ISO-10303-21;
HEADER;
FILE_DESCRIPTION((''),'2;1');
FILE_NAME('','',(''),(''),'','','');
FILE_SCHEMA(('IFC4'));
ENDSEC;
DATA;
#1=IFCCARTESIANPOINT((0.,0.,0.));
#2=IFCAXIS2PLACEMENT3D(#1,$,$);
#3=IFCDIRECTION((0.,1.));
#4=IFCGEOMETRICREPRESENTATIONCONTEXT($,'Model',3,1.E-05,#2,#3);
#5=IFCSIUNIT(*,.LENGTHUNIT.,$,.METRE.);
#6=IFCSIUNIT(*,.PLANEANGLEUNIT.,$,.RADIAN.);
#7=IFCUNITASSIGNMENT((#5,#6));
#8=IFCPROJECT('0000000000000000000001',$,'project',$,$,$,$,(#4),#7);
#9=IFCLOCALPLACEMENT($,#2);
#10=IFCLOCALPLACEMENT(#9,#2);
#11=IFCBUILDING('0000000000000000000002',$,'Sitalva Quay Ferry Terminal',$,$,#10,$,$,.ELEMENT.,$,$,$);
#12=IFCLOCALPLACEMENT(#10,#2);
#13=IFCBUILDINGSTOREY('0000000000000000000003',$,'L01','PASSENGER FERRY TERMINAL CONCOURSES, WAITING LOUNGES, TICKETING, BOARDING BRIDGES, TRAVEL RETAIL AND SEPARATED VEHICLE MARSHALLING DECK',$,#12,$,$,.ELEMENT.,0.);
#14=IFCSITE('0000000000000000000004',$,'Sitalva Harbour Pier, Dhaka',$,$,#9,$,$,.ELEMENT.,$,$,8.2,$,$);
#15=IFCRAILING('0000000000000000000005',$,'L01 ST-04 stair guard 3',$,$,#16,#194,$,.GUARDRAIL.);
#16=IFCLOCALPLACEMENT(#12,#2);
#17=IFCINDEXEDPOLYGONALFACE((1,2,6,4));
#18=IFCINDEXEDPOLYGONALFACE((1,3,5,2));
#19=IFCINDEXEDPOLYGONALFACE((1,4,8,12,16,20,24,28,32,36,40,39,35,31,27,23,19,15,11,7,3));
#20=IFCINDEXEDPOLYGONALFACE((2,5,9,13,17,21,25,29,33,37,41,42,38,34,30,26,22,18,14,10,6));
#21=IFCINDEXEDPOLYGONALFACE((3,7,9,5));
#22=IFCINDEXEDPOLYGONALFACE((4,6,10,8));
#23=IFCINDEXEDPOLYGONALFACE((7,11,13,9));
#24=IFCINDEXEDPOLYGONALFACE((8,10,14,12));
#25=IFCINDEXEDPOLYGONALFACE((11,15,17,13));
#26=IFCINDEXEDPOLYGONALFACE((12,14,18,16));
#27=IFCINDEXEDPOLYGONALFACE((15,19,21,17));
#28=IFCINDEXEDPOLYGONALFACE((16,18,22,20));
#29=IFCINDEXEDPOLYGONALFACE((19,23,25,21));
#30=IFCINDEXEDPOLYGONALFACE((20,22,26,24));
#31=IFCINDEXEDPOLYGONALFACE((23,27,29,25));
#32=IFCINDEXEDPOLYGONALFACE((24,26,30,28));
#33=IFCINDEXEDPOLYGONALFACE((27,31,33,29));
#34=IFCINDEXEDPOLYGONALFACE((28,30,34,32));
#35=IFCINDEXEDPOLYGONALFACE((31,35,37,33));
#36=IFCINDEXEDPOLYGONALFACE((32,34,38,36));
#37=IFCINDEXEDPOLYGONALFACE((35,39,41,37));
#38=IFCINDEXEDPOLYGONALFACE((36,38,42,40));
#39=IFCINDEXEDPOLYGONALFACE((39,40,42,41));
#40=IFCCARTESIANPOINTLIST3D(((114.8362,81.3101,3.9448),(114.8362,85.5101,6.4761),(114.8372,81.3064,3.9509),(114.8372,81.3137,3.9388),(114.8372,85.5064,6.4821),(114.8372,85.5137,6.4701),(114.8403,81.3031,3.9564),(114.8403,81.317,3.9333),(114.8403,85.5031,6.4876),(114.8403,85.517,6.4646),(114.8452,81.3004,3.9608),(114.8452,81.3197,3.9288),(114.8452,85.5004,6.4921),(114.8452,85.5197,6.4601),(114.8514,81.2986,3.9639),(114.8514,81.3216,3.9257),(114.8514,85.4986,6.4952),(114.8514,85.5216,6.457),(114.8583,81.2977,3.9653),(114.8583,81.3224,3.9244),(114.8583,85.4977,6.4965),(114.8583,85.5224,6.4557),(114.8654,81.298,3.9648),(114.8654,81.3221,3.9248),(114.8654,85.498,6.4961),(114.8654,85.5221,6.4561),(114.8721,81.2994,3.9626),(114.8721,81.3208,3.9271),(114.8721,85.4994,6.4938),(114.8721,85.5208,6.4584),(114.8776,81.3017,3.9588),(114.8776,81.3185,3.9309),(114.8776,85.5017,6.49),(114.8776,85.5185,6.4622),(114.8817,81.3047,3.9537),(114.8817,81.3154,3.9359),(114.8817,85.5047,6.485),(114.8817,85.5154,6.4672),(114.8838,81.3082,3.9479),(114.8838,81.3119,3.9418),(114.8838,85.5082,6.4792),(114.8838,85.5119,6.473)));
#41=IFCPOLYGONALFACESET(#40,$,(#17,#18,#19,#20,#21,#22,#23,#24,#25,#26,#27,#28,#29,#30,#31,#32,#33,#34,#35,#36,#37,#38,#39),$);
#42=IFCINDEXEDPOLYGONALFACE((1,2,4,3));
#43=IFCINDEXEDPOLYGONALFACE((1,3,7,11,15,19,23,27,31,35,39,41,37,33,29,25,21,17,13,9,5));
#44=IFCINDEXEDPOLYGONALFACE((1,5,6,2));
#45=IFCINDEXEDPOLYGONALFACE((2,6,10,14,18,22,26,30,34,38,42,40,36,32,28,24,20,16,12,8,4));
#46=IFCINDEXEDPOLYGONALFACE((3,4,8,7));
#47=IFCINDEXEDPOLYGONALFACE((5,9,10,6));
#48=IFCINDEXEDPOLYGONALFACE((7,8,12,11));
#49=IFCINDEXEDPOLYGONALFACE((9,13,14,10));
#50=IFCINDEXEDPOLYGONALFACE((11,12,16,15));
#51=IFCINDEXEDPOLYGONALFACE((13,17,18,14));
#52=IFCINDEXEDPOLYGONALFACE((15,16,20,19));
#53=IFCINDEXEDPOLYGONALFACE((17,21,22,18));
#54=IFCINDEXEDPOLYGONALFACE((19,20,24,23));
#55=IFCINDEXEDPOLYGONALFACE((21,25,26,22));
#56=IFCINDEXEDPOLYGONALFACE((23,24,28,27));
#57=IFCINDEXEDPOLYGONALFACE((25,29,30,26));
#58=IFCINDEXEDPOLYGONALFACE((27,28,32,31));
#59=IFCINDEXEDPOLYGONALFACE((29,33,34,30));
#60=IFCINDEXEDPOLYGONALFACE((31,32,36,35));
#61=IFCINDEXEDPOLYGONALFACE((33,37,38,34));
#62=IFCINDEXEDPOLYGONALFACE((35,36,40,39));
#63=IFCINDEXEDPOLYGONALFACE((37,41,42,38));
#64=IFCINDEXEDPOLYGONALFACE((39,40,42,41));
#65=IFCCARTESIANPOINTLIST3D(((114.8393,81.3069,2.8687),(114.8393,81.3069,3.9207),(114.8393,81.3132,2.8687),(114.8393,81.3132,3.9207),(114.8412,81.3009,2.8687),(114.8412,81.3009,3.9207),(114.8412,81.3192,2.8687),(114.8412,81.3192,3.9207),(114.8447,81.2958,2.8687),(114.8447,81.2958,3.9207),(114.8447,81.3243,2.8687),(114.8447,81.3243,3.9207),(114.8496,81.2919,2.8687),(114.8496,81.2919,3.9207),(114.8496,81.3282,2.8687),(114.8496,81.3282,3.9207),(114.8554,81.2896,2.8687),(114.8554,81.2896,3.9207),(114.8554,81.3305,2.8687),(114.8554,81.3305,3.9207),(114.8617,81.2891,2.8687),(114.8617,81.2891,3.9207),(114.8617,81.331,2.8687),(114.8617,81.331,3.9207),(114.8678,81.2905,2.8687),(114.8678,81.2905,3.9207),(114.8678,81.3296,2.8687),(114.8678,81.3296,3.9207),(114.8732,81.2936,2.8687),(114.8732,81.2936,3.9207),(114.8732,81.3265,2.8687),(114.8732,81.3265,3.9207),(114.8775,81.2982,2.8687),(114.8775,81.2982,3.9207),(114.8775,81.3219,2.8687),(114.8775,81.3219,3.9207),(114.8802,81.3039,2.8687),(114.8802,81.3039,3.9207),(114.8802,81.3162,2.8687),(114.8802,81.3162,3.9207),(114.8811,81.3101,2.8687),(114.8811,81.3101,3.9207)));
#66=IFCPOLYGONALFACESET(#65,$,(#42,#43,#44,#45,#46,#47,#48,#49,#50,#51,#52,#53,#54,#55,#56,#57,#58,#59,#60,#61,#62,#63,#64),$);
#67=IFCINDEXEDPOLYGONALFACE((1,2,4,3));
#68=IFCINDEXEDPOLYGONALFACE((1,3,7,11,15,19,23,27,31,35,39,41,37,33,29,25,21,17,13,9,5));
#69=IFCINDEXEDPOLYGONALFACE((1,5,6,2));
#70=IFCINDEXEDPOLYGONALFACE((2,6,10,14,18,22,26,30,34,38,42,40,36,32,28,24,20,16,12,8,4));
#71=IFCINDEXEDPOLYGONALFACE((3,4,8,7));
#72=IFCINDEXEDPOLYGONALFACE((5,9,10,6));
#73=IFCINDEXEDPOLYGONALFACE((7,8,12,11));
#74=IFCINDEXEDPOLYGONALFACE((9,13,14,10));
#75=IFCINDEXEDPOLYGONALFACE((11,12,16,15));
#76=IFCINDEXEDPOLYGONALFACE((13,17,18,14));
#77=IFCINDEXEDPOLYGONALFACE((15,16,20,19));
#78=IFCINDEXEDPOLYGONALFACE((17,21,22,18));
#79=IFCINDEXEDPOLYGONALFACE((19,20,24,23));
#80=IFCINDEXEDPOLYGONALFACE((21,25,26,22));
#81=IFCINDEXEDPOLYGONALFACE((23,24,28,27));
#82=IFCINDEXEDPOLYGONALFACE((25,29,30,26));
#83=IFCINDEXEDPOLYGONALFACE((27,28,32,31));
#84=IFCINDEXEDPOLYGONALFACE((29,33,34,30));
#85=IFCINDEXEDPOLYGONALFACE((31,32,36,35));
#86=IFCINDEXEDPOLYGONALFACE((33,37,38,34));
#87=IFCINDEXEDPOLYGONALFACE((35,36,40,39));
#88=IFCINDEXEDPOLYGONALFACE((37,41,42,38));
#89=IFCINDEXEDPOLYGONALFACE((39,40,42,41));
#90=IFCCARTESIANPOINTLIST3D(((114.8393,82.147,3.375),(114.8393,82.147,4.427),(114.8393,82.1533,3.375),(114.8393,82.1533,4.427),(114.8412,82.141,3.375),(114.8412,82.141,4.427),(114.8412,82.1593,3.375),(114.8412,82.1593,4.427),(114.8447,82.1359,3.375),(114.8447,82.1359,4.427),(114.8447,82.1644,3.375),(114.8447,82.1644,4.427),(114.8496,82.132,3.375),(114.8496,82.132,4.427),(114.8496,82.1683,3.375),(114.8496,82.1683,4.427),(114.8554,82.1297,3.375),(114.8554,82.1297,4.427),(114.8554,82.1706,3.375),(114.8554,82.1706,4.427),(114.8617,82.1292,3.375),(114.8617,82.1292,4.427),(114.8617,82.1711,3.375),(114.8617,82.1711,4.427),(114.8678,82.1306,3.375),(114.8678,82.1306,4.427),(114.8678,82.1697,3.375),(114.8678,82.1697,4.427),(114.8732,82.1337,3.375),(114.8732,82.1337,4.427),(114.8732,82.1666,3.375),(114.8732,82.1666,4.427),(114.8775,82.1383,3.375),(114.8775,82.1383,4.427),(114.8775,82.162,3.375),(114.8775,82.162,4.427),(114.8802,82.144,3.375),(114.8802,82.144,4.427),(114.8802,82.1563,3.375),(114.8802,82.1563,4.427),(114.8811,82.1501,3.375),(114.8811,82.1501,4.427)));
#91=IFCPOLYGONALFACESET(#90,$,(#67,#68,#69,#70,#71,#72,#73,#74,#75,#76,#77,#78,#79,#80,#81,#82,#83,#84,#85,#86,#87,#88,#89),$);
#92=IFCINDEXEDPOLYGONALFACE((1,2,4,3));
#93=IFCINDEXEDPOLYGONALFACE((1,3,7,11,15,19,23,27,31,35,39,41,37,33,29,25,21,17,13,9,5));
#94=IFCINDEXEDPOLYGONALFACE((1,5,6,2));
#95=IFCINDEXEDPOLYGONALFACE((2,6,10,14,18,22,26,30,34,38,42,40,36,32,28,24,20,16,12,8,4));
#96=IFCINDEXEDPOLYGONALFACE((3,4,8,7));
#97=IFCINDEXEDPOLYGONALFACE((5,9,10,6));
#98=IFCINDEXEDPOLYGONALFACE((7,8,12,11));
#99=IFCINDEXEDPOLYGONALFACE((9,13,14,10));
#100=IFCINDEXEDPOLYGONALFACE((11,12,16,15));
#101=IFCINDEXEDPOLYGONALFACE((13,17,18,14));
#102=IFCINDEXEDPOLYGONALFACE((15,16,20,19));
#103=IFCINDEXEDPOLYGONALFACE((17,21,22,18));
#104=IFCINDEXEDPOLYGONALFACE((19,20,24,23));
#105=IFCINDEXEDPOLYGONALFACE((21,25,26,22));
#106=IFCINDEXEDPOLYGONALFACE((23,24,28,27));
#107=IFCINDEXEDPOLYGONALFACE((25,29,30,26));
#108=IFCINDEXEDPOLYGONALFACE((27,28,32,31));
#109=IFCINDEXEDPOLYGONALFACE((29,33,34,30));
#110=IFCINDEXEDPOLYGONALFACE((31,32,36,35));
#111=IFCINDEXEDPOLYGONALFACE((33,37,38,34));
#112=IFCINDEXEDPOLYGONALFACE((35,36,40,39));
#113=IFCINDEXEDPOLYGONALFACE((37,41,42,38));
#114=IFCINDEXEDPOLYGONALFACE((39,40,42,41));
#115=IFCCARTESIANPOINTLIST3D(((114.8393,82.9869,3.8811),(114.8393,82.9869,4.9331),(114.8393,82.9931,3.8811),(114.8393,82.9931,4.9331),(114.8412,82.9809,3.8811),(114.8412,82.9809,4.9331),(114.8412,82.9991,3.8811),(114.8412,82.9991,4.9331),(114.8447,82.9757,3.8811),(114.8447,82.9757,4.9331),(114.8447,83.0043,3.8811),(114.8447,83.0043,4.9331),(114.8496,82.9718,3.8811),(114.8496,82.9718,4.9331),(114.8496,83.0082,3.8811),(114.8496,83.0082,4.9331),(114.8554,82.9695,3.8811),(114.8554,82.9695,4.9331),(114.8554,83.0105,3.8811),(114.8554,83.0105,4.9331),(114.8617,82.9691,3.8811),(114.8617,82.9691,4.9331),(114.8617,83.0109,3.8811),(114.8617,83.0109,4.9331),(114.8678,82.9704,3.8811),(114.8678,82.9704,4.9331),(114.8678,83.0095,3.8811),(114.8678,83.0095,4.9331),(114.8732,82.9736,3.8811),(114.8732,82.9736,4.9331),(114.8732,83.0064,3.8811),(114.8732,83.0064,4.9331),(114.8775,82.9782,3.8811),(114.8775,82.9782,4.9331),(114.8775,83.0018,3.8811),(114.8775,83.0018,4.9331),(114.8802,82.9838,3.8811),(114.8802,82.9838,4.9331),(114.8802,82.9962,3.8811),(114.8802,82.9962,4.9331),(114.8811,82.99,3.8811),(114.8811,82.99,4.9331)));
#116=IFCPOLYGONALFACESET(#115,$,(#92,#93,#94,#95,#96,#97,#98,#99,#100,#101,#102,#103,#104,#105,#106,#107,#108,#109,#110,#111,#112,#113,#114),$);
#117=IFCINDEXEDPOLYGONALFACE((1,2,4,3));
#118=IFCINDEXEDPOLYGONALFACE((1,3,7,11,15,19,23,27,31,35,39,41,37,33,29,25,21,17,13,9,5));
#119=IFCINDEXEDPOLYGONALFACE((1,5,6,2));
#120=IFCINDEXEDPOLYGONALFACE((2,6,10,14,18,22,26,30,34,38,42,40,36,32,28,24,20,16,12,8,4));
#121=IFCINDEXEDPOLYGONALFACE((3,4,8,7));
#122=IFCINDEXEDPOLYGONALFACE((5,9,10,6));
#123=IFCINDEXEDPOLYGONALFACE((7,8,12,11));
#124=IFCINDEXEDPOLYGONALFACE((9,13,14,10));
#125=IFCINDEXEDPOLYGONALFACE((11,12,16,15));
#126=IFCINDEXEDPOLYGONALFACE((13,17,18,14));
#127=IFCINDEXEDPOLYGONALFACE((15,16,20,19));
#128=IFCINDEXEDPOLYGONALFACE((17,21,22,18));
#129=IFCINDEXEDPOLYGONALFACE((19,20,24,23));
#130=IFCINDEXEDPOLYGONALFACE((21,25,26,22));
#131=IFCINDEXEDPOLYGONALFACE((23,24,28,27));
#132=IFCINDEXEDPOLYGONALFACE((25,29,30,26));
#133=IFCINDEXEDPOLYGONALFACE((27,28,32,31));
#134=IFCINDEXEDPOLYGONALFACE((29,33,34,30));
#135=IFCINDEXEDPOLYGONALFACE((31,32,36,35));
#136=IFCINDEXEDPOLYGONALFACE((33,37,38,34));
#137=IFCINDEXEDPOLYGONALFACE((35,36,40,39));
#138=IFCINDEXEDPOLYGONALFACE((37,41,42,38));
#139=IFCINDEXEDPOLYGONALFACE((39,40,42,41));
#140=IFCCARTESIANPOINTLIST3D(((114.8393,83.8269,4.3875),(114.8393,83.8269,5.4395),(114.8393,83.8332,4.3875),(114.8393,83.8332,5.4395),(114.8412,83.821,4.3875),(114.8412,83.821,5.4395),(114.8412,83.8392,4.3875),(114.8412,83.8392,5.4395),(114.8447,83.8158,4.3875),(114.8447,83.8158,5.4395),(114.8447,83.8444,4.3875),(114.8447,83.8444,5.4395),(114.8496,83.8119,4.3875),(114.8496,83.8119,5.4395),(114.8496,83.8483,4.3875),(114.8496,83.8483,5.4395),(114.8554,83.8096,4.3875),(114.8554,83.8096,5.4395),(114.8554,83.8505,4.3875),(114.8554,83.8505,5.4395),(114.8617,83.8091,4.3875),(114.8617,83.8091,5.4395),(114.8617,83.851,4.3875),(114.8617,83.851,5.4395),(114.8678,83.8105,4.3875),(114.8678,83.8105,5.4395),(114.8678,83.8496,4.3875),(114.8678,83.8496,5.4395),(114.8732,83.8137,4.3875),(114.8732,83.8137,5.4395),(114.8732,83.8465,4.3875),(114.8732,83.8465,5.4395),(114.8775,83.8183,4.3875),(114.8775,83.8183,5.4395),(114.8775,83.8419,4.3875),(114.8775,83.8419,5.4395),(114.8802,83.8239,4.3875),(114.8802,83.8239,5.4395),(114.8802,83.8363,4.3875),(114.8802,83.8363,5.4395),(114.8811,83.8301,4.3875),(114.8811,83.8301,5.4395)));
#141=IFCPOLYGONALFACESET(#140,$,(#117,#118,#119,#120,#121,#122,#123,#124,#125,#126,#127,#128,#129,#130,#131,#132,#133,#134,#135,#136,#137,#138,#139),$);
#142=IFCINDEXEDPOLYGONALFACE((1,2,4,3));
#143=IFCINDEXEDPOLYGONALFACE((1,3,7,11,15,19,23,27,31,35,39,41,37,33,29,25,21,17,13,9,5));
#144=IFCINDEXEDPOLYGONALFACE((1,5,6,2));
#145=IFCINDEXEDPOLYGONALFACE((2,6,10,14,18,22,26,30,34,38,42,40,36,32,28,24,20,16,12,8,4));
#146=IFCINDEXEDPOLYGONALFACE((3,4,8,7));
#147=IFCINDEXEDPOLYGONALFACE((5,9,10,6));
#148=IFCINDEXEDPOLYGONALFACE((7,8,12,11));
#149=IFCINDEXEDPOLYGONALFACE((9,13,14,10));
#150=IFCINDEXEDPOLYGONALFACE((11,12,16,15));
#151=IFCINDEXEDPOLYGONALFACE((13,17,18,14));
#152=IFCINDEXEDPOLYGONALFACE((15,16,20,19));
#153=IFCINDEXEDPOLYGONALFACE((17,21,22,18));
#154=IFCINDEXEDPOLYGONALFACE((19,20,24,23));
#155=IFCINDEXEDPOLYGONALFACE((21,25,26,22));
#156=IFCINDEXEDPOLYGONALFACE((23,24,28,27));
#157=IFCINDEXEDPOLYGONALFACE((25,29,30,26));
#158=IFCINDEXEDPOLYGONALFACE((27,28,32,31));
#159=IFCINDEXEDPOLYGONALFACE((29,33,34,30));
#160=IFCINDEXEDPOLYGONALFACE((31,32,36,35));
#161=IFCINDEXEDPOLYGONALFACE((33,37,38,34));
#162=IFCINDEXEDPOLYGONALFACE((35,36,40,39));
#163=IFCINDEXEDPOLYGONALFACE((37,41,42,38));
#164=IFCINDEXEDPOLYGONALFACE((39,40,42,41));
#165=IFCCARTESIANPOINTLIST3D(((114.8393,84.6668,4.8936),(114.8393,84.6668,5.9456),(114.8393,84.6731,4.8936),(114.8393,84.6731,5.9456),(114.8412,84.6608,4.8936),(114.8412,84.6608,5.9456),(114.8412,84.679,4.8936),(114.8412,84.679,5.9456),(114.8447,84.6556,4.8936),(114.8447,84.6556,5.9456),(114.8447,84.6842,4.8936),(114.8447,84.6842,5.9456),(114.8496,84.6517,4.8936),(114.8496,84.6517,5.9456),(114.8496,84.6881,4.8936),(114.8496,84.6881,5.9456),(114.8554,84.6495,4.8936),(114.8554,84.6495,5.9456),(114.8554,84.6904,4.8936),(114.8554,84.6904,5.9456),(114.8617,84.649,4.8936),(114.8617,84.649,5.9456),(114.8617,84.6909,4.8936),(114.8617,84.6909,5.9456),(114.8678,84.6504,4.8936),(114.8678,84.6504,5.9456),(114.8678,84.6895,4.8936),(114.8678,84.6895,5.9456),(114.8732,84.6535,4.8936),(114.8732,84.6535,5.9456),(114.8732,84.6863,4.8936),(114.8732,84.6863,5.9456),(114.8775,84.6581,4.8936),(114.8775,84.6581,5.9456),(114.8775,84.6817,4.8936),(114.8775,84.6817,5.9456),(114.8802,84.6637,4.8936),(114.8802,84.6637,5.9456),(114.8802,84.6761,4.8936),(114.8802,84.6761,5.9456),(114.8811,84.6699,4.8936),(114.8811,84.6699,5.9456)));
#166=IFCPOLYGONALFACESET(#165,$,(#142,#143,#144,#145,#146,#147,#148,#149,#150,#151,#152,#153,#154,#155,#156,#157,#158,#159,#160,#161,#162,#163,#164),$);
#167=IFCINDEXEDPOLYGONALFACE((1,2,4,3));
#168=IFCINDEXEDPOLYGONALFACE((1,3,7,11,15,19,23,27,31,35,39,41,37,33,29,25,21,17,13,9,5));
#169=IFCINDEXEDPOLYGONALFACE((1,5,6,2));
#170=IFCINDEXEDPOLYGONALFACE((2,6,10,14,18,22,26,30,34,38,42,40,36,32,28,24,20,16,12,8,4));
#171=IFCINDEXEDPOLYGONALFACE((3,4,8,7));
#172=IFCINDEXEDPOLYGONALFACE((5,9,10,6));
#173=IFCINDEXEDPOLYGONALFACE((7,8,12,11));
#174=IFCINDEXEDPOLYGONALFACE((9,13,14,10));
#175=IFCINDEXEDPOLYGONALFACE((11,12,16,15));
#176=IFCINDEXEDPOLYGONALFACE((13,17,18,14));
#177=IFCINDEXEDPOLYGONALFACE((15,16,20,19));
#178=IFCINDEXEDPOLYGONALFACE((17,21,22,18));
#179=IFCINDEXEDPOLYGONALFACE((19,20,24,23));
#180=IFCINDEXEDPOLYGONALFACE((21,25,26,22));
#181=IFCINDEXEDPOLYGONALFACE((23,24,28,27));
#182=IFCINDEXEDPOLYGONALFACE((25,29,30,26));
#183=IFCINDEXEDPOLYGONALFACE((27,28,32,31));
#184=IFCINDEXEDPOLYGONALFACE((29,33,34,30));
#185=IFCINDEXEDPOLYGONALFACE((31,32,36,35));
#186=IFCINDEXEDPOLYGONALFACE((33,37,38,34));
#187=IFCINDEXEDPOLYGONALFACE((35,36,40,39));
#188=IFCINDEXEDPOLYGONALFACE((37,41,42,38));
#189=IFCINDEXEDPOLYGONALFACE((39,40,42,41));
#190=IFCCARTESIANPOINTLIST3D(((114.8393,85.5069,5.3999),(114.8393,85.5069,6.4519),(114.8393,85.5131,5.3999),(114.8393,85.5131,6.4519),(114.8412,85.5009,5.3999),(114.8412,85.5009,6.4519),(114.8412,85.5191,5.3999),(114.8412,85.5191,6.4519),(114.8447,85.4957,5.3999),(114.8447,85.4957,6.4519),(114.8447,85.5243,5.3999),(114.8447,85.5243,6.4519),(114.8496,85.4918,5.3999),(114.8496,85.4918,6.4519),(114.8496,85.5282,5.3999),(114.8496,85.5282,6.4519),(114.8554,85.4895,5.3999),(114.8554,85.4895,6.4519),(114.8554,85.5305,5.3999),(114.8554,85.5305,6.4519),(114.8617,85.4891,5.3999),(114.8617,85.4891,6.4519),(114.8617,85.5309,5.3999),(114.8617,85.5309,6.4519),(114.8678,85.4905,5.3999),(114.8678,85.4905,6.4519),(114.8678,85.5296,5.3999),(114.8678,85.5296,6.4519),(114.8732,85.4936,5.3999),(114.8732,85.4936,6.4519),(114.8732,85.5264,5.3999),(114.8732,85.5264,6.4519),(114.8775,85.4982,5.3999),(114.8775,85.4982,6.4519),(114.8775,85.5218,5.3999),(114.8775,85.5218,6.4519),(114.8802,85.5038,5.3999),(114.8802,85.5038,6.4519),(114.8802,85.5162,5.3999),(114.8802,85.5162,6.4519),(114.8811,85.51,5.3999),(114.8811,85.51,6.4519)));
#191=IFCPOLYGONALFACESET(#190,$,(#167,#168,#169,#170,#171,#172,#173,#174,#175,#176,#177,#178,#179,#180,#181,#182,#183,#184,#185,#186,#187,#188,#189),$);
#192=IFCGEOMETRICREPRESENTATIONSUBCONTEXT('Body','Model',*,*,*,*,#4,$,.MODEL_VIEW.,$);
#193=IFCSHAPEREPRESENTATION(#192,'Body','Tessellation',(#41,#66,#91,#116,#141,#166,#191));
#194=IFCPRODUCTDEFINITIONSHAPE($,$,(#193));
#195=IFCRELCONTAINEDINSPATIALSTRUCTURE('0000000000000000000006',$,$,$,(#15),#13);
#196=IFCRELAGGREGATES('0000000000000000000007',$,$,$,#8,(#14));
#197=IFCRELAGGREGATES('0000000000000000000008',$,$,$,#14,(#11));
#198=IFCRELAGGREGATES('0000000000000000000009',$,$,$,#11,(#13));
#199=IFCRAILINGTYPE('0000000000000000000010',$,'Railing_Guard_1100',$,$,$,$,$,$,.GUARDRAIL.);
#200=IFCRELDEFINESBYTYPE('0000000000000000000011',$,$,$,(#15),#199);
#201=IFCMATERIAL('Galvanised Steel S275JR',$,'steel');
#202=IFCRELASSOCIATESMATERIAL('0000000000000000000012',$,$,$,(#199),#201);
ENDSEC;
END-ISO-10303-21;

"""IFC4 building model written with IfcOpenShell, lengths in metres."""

from ifc_helpers import new_model, si_unit, direction, frame, origin, origin_2d, place, context, subcontext, project, spatial, circle, extrude, material, type_object, element, save


model = new_model("IFC4")

# Units and contexts
model_context = context("Model", 3, precision=1e-05, world=origin(), true_north=direction((0.0, 1.0)))
body_context = subcontext(model_context, "Body", "Model", "MODEL_VIEW")
ifc_project = project(units=[si_unit("LENGTHUNIT", "METRE"), si_unit("PLANEANGLEUNIT", "RADIAN")], contexts=[model_context])

# Site, building, storey
site_placement = place(None, origin())
site = spatial("IfcSite", under=ifc_project, at=site_placement, Name="Sitalva Harbour Pier, Dhaka", CompositionType="ELEMENT", RefElevation=8.2)
building_placement = place(site_placement, origin())
building = spatial("IfcBuilding", under=site, at=building_placement, Name="Sitalva Quay Ferry Terminal", CompositionType="ELEMENT")
storey_placement = place(building_placement, origin())
storey = spatial("IfcBuildingStorey", under=building, at=storey_placement, Name="L01", Description="PASSENGER FERRY TERMINAL CONCOURSES, WAITING LOUNGES, TICKETING, BOARDING BRIDGES, TRAVEL RETAIL AND SEPARATED VEHICLE MARSHALLING DECK", CompositionType="ELEMENT", Elevation=0.0)

# Railing
ifc_material_1 = material(Name="Galvanised Steel S275JR", Category="steel")
railing_type = type_object("IfcRailingType", Name="Railing_Guard_1100", PredefinedType="GUARDRAIL", material=ifc_material_1)
railing_1_placement = place(storey_placement, frame((114.8601, 81.3101, 2.8687)))
element("IfcRailing", 1, at=railing_1_placement, inside=storey, type_object=railing_type, Name="L01 ST-04 stair guard 3", PredefinedType="GUARDRAIL", context=body_context, shape_type="SweptSolid", body=[
    extrude(circle(Radius=0.0239, at=origin_2d()), frame((0.0, 0.0, 1.0762), z_axis=(0.0, 0.856476, 0.516186), x_axis=(-1.0, 0.0, 0.0)), (0.0, 0.0, 1.0), 4.9038),
    extrude(circle(Radius=0.021, at=origin_2d()), origin(), (0.0, 0.0, 1.0), 1.052),
    extrude(circle(Radius=0.021, at=origin_2d()), frame((0.0, 0.8401, 0.5063)), (0.0, 0.0, 1.0), 1.052),
    extrude(circle(Radius=0.021, at=origin_2d()), frame((0.0, 1.6799, 1.0125)), (0.0, 0.0, 1.0), 1.052),
    extrude(circle(Radius=0.021, at=origin_2d()), frame((0.0, 2.52, 1.5188)), (0.0, 0.0, 1.0), 1.052),
    extrude(circle(Radius=0.021, at=origin_2d()), frame((0.0, 3.3599, 2.0249)), (0.0, 0.0, 1.0), 1.052),
    extrude(circle(Radius=0.021, at=origin_2d()), frame((0.0, 4.2, 2.5312)), (0.0, 0.0, 1.0), 1.052),
])

save(model, "model.ifc")
